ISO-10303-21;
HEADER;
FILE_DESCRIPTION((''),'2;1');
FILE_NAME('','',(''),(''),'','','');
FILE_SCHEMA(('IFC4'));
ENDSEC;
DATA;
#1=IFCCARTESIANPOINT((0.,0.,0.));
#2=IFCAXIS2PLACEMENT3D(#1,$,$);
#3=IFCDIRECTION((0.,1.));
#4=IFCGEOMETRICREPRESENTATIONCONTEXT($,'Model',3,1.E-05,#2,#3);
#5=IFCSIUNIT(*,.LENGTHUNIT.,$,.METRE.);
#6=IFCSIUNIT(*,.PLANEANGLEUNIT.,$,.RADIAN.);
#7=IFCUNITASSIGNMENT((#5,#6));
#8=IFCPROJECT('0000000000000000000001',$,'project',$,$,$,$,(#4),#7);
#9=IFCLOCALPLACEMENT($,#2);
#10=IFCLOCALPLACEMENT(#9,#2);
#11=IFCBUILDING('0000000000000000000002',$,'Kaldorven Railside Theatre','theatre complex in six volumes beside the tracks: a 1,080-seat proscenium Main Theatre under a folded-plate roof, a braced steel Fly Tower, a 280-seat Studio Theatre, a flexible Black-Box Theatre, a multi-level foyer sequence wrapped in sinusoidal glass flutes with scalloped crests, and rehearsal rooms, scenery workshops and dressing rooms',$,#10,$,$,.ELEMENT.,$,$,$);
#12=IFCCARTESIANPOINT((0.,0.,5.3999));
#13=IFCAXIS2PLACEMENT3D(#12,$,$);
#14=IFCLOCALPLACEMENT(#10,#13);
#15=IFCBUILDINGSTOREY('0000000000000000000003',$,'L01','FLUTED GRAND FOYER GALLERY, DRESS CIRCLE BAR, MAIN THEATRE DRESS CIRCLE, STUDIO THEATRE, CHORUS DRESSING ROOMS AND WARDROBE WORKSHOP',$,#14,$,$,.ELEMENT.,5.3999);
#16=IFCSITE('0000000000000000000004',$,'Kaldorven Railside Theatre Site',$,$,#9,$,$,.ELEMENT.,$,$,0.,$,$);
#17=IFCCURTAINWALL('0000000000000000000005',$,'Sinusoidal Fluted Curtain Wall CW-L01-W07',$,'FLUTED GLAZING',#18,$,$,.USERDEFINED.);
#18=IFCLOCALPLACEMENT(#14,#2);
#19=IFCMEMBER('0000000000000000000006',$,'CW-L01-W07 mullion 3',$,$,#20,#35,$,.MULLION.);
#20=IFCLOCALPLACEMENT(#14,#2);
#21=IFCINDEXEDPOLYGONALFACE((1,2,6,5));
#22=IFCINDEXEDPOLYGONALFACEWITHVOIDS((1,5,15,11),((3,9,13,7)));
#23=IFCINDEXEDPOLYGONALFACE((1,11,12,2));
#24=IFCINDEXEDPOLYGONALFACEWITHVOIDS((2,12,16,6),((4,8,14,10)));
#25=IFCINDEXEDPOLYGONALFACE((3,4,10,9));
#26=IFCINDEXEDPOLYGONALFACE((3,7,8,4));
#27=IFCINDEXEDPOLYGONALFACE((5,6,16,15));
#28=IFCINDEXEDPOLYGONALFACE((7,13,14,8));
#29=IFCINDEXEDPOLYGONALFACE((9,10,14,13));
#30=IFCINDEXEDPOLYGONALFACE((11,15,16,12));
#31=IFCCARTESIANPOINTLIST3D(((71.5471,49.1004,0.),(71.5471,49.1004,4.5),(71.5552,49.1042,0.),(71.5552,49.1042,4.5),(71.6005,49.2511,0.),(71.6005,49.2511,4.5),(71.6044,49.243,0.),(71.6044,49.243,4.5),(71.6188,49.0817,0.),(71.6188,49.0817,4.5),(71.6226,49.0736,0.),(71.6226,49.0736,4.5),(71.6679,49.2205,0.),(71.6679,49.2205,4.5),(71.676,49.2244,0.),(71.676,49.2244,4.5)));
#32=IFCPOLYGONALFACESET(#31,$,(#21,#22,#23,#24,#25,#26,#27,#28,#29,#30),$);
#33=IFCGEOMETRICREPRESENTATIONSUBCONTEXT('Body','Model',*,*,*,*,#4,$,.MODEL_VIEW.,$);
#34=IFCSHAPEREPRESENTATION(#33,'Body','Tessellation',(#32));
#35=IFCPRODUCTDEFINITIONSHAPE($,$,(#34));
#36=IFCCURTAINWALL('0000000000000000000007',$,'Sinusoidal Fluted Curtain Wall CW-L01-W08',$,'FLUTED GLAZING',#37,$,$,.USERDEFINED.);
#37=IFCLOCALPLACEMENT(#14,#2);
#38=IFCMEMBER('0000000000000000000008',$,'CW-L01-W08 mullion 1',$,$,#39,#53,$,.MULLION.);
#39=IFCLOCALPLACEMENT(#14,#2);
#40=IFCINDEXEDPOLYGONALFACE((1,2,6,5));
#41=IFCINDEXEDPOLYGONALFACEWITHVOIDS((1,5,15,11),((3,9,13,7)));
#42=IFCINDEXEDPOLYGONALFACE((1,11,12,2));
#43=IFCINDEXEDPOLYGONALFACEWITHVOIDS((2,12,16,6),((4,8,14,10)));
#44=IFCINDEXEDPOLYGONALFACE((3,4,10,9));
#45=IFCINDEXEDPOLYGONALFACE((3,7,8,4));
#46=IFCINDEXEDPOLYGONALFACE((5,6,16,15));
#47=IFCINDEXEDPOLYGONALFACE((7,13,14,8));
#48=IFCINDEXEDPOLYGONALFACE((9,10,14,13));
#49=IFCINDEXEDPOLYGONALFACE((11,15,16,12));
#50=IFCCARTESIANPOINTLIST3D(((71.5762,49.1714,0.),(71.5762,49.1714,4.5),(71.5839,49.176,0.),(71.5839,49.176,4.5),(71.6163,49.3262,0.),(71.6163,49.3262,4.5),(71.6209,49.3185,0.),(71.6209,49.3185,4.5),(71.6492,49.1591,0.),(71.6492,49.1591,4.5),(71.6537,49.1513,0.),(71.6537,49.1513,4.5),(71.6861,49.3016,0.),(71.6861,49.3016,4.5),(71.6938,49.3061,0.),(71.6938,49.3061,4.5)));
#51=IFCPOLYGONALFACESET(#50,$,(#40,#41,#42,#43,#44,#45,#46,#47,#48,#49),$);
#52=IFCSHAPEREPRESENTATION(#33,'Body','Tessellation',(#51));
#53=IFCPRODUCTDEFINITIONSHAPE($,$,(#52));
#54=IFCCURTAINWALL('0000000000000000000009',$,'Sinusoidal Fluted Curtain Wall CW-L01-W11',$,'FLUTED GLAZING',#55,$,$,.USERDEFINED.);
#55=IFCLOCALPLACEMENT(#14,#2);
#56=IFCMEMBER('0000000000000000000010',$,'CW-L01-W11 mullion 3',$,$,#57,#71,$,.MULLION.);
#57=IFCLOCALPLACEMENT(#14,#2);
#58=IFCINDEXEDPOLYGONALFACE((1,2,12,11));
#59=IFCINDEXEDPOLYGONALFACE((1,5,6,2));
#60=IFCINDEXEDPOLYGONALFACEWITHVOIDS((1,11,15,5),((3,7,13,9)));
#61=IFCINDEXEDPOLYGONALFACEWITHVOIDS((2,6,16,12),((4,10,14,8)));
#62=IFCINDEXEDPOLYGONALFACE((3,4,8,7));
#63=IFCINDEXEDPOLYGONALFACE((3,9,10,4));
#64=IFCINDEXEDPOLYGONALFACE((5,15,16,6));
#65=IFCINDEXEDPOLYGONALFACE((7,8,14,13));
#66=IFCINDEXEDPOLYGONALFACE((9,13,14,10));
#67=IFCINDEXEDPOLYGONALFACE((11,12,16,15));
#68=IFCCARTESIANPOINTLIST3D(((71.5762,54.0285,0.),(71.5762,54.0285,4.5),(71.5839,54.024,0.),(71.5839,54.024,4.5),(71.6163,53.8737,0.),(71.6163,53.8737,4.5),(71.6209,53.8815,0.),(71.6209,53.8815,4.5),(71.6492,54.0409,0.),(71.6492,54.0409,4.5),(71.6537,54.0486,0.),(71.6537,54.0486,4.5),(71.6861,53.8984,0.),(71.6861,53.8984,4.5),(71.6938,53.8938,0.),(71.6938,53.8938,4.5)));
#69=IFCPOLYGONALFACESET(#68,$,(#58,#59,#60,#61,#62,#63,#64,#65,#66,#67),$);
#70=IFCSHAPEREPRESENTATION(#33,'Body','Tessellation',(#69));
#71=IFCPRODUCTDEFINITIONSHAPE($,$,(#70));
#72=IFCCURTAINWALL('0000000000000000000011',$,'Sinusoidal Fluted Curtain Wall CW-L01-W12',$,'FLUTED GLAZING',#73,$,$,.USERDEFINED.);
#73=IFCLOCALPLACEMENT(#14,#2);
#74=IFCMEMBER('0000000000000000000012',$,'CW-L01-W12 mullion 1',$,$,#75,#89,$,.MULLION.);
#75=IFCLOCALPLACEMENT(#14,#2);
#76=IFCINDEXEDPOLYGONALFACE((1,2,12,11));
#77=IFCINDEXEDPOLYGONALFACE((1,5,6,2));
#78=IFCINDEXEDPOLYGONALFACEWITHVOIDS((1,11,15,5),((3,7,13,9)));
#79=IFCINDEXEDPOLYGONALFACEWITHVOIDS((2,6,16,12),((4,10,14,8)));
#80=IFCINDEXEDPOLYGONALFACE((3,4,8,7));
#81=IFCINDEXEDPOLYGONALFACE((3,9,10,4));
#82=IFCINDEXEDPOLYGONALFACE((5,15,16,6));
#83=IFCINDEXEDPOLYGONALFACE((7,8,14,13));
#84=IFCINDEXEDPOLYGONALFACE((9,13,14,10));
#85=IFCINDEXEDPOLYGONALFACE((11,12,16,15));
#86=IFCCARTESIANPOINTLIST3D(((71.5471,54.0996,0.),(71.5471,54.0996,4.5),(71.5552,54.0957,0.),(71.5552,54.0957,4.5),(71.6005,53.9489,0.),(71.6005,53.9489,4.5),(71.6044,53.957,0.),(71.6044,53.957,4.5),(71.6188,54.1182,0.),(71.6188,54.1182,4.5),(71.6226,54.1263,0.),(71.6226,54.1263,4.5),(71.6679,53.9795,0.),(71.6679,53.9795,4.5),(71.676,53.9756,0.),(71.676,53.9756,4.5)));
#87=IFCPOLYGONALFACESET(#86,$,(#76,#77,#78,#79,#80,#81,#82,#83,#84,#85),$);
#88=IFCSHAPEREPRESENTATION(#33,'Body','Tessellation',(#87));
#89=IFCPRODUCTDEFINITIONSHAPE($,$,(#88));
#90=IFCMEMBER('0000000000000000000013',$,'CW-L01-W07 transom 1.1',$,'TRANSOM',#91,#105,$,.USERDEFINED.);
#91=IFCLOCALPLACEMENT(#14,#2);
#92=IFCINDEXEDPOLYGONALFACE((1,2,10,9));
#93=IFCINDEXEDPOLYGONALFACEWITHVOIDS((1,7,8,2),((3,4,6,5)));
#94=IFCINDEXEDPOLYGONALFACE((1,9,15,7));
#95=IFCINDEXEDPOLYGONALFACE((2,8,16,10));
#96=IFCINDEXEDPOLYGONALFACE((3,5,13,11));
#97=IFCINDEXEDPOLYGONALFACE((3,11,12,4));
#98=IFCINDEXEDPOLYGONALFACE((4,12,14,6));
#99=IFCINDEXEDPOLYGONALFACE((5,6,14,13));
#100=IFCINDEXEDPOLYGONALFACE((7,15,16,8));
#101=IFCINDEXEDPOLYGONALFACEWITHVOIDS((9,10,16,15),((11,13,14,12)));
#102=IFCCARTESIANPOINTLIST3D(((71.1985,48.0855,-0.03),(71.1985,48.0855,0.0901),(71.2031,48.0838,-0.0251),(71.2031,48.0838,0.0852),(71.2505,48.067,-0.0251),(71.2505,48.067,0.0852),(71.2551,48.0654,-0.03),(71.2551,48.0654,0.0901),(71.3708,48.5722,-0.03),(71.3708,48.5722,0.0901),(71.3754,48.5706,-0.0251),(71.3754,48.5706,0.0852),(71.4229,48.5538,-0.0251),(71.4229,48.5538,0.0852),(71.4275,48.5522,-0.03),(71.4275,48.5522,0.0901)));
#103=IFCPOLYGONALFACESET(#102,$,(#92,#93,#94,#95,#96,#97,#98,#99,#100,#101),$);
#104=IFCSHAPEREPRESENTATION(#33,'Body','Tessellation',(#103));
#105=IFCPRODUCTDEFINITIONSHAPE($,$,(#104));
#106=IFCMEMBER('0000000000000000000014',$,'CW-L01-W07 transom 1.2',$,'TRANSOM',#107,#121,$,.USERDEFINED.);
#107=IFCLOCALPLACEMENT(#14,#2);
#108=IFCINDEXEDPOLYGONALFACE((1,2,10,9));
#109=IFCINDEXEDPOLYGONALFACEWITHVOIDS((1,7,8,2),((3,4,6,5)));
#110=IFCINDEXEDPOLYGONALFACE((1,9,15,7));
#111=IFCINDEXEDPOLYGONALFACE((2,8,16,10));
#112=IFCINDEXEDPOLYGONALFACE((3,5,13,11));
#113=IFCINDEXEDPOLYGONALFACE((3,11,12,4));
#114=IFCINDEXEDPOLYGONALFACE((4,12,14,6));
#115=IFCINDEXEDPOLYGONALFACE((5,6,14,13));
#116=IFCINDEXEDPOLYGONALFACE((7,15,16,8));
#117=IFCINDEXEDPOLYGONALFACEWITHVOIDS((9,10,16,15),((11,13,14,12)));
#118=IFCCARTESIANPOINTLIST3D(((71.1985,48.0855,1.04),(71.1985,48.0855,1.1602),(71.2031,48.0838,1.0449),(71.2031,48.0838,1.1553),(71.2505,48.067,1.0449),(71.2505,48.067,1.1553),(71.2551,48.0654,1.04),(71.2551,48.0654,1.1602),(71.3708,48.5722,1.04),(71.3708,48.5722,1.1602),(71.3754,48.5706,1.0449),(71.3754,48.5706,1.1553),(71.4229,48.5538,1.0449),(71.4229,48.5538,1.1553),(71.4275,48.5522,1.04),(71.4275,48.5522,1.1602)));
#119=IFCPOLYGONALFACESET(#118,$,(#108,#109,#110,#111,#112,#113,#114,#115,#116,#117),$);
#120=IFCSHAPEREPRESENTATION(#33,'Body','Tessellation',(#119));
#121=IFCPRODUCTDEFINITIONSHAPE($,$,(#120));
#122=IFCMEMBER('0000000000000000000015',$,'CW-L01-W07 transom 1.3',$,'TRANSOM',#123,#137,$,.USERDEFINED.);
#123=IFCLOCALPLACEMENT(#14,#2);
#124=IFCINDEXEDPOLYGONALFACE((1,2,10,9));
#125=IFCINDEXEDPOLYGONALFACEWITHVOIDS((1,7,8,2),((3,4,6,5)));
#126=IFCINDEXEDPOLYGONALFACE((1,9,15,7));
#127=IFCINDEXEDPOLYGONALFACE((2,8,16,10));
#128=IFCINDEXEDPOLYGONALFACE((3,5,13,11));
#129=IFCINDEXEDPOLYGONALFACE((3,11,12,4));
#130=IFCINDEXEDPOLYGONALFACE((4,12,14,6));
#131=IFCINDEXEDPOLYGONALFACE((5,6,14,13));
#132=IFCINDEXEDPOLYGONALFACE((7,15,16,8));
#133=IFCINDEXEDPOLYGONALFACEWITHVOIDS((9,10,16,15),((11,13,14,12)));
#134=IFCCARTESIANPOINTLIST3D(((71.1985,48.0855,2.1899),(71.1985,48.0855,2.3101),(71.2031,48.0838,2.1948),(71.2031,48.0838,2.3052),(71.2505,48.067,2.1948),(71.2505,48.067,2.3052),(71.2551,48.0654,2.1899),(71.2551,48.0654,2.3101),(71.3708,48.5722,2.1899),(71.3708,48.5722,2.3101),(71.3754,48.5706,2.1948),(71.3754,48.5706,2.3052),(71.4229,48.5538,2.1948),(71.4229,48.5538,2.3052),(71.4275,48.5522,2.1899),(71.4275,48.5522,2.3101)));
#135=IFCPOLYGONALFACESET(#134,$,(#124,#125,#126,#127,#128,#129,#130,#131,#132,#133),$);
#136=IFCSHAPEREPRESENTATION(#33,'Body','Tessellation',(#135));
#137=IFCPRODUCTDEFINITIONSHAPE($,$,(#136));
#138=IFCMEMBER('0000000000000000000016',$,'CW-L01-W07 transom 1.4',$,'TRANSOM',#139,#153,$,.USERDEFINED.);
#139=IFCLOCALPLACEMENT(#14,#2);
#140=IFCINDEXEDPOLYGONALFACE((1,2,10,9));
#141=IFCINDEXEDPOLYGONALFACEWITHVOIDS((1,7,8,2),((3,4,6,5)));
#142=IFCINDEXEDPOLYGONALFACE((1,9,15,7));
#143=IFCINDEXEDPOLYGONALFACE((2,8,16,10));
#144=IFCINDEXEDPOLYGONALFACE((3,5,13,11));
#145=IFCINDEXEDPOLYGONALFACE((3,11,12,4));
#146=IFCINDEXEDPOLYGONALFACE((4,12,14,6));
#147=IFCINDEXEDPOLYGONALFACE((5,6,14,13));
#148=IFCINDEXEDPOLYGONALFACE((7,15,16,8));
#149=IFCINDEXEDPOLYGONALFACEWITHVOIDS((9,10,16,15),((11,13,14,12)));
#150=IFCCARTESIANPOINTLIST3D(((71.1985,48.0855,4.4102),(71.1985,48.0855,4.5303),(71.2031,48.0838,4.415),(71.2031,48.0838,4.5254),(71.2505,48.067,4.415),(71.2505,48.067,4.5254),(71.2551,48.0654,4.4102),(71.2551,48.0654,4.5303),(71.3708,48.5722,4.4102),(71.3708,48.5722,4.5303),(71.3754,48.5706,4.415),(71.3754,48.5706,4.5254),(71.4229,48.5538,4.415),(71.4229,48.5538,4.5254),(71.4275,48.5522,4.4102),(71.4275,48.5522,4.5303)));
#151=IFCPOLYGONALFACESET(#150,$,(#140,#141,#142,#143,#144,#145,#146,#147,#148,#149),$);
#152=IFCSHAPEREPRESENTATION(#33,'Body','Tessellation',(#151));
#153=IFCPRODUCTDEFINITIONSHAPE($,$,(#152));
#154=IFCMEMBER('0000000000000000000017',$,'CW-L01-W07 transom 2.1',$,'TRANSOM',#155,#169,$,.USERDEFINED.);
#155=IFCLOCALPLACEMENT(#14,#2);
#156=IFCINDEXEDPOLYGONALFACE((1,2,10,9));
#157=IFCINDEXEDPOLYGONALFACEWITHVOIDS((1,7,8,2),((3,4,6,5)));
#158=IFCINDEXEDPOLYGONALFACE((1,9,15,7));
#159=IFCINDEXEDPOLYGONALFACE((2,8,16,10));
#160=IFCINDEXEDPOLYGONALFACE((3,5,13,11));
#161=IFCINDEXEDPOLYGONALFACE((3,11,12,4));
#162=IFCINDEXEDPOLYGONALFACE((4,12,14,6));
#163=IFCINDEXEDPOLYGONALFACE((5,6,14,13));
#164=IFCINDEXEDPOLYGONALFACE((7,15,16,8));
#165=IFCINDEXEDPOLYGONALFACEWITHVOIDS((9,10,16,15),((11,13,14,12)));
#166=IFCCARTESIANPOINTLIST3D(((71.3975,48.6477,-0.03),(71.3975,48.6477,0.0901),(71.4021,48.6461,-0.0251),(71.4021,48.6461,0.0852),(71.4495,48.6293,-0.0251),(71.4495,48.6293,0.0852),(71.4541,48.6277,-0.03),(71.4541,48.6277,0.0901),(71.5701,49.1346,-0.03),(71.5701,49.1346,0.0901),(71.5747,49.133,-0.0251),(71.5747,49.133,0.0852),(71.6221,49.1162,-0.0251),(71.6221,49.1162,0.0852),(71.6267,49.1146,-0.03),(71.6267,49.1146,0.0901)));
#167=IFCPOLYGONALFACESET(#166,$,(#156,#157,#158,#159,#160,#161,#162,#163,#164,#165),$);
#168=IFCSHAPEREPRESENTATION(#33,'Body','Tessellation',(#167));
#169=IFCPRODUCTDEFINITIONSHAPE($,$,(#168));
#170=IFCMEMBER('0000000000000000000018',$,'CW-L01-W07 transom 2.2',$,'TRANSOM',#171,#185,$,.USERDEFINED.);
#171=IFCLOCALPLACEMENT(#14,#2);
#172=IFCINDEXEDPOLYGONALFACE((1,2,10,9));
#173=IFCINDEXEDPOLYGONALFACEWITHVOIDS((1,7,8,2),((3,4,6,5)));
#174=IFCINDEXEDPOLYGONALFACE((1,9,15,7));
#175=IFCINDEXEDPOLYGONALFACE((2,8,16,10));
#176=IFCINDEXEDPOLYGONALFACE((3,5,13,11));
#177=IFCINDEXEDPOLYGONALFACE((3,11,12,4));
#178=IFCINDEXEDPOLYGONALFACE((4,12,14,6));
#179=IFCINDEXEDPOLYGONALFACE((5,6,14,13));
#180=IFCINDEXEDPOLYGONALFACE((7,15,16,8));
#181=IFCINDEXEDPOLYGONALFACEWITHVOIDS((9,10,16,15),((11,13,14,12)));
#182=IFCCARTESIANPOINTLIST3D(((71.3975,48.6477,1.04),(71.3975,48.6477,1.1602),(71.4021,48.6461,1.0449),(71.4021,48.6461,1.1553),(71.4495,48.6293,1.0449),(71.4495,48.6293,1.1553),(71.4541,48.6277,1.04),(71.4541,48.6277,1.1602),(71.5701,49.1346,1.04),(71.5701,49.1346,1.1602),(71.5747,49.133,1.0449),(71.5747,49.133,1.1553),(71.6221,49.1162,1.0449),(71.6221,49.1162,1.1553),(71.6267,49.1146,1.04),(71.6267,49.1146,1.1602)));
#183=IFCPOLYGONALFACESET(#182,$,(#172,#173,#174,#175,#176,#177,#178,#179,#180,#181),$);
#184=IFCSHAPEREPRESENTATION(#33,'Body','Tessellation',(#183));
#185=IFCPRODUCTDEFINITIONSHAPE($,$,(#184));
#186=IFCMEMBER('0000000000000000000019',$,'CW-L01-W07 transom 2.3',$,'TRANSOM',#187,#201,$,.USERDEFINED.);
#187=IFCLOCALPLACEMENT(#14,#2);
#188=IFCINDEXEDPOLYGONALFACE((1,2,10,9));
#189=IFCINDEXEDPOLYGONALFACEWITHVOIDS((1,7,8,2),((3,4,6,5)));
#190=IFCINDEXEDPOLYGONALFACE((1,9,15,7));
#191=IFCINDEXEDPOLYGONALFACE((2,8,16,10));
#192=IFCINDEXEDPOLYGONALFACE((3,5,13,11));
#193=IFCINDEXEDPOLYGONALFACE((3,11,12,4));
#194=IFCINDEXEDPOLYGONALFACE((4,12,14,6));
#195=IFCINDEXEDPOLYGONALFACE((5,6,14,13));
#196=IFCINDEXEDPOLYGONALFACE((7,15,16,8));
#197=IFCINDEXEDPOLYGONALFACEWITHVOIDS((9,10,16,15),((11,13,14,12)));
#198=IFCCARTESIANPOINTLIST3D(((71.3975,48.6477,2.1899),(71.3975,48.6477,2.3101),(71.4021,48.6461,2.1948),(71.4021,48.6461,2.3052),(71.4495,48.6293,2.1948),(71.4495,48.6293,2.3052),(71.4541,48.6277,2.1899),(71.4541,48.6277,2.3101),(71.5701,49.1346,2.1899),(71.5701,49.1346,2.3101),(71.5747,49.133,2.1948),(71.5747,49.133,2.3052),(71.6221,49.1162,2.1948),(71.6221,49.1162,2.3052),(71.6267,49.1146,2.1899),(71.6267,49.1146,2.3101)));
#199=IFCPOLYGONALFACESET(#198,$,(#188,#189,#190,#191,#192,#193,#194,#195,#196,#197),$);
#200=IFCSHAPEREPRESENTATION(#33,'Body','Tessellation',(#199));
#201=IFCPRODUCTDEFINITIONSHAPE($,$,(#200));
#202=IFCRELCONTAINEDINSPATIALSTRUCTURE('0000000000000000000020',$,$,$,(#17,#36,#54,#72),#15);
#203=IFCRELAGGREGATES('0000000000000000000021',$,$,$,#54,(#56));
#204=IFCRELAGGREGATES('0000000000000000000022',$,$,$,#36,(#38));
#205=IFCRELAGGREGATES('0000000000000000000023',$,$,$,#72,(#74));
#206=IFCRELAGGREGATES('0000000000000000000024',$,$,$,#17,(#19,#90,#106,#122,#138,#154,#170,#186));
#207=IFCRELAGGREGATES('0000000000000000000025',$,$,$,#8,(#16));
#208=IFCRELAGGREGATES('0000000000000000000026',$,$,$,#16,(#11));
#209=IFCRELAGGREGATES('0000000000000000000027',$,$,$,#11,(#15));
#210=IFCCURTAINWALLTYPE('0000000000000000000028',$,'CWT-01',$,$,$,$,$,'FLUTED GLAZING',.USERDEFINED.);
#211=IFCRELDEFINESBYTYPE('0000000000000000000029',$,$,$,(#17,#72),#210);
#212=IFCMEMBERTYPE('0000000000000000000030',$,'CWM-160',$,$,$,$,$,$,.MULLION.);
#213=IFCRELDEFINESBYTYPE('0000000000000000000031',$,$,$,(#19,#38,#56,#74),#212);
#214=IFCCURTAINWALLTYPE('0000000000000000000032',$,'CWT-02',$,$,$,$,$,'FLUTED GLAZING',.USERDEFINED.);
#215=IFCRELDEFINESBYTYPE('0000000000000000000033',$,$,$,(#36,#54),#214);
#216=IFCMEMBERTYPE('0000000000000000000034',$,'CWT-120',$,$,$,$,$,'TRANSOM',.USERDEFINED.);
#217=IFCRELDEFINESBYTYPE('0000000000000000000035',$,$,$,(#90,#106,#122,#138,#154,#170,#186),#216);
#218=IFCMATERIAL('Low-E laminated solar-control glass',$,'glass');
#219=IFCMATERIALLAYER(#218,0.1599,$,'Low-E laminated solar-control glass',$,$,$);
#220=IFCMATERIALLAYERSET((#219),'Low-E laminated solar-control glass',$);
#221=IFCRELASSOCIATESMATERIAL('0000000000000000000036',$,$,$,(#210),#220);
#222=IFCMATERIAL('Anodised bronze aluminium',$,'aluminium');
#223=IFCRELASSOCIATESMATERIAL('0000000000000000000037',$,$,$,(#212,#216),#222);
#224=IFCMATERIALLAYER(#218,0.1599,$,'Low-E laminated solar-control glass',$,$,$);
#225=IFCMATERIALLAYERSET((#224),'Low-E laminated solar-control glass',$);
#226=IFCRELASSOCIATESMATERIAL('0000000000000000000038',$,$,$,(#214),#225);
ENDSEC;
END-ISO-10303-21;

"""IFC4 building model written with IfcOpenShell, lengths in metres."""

from ifc_helpers import new_model, si_unit, direction, frame, origin, origin_2d, place, context, subcontext, project, spatial, hollow_rectangle, extrude, material, layer, layer_set, material_profile, profile_set, type_object, element, aggregate, save


model = new_model("IFC4")

# Units and contexts
model_context = context("Model", 3, precision=1e-05, world=origin(), true_north=direction((0.0, 1.0)))
body_context = subcontext(model_context, "Body", "Model", "MODEL_VIEW")
ifc_project = project(units=[si_unit("LENGTHUNIT", "METRE"), si_unit("PLANEANGLEUNIT", "RADIAN")], contexts=[model_context])

# Site, building, storey
site_placement = place(None, origin())
site = spatial("IfcSite", under=ifc_project, at=site_placement, Name="Kaldorven Railside Theatre Site", CompositionType="ELEMENT", RefElevation=0.0)
building_placement = place(site_placement, origin())
building = spatial("IfcBuilding", under=site, at=building_placement, Name="Kaldorven Railside Theatre", Description="theatre complex in six volumes beside the tracks: a 1,080-seat proscenium Main Theatre under a folded-plate roof, a braced steel Fly Tower, a 280-seat Studio Theatre, a flexible Black-Box Theatre, a multi-level foyer sequence wrapped in sinusoidal glass flutes with scalloped crests, and rehearsal rooms, scenery workshops and dressing rooms", CompositionType="ELEMENT")
storey_placement = place(building_placement, frame((0.0, 0.0, 5.3999)))
storey = spatial("IfcBuildingStorey", under=building, at=storey_placement, Name="L01", Description="FLUTED GRAND FOYER GALLERY, DRESS CIRCLE BAR, MAIN THEATRE DRESS CIRCLE, STUDIO THEATRE, CHORUS DRESSING ROOMS AND WARDROBE WORKSHOP", CompositionType="ELEMENT", Elevation=5.3999)

# Curtain wall, member
ifc_material_1 = material(Name="Low-E laminated solar-control glass", Category="glass")
ifc_layer_1 = layer(ifc_material_1, 0.1599, Name="Low-E laminated solar-control glass")
ifc_layer_set_1 = layer_set([ifc_layer_1], Name="Low-E laminated solar-control glass")
curtain_wall_type_1 = type_object("IfcCurtainWallType", Name="CWT-01", ElementType="FLUTED GLAZING", PredefinedType="USERDEFINED", material=ifc_layer_set_1)
curtain_wall_1_placement = place(storey_placement, origin())
curtain_wall_1 = element("IfcCurtainWall", 1, at=curtain_wall_1_placement, inside=storey, type_object=curtain_wall_type_1, Name="Sinusoidal Fluted Curtain Wall CW-L01-W07", ObjectType="FLUTED GLAZING", PredefinedType="USERDEFINED")
ifc_material_2 = material(Name="Anodised bronze aluminium", Category="aluminium")
ifc_material_profile_1 = material_profile(ifc_material_2, hollow_rectangle(XDim=0.0801, YDim=0.1599, WallThickness=0.0063, at=origin_2d()), Name="RHS 160x80x6.3")
ifc_profile_set_1 = profile_set([ifc_material_profile_1], Name="Anodised bronze aluminium")
member_type_1 = type_object("IfcMemberType", Name="CWM-160", PredefinedType="MULLION", material=ifc_profile_set_1)
member_1_placement = place(storey_placement, frame((71.6116, 49.1624, 0.0), z_axis=(0.0, 0.0, 1.0), x_axis=(-0.942627, 0.333847, 0.0)))
member_1 = element("IfcMember", 2, at=member_1_placement, type_object=member_type_1, Name="CW-L01-W07 mullion 3", PredefinedType="MULLION", context=body_context, shape_type="SweptSolid", body=[
    extrude(hollow_rectangle(XDim=0.0801, YDim=0.1599, WallThickness=0.0063, at=origin_2d()), origin(), (0.0, 0.0, 1.0), 4.5),
])

# Curtain walls, members
ifc_layer_2 = layer(ifc_material_1, 0.1599, Name="Low-E laminated solar-control glass")
ifc_layer_set_2 = layer_set([ifc_layer_2], Name="Low-E laminated solar-control glass")
curtain_wall_type_2 = type_object("IfcCurtainWallType", Name="CWT-02", ElementType="FLUTED GLAZING", PredefinedType="USERDEFINED", material=ifc_layer_set_2)
curtain_wall_2_placement = place(storey_placement, origin())
curtain_wall_2 = element("IfcCurtainWall", 3, at=curtain_wall_2_placement, inside=storey, type_object=curtain_wall_type_2, Name="Sinusoidal Fluted Curtain Wall CW-L01-W08", ObjectType="FLUTED GLAZING", PredefinedType="USERDEFINED")
member_2_placement = place(storey_placement, frame((71.635, 49.2388, 0.0), z_axis=(0.0, 0.0, 1.0), x_axis=(-0.967999, 0.250954, 0.0)))
member_2 = element("IfcMember", 4, at=member_2_placement, type_object=member_type_1, Name="CW-L01-W08 mullion 1", PredefinedType="MULLION", context=body_context, shape_type="SweptSolid", body=[
    extrude(hollow_rectangle(XDim=0.0801, YDim=0.1599, WallThickness=0.0063, at=origin_2d()), origin(), (0.0, 0.0, 1.0), 4.5),
])
curtain_wall_3_placement = place(storey_placement, origin())
curtain_wall_3 = element("IfcCurtainWall", 5, at=curtain_wall_3_placement, inside=storey, type_object=curtain_wall_type_2, Name="Sinusoidal Fluted Curtain Wall CW-L01-W11", ObjectType="FLUTED GLAZING", PredefinedType="USERDEFINED")
member_3_placement = place(storey_placement, frame((71.635, 53.9612, 0.0), z_axis=(0.0, 0.0, 1.0), x_axis=(-0.967999, -0.250954, 0.0)))
member_3 = element("IfcMember", 6, at=member_3_placement, type_object=member_type_1, Name="CW-L01-W11 mullion 3", PredefinedType="MULLION", context=body_context, shape_type="SweptSolid", body=[
    extrude(hollow_rectangle(XDim=0.0801, YDim=0.1599, WallThickness=0.0063, at=origin_2d()), origin(), (0.0, 0.0, 1.0), 4.5),
])
aggregate(curtain_wall_3, [member_3])
curtain_wall_4_placement = place(storey_placement, origin())
curtain_wall_4 = element("IfcCurtainWall", 7, at=curtain_wall_4_placement, inside=storey, type_object=curtain_wall_type_1, Name="Sinusoidal Fluted Curtain Wall CW-L01-W12", ObjectType="FLUTED GLAZING", PredefinedType="USERDEFINED")
member_4_placement = place(storey_placement, frame((71.6116, 54.0376, 0.0), z_axis=(0.0, 0.0, 1.0), x_axis=(-0.942627, -0.333847, 0.0)))
member_4 = element("IfcMember", 8, at=member_4_placement, type_object=member_type_1, Name="CW-L01-W12 mullion 1", PredefinedType="MULLION", context=body_context, shape_type="SweptSolid", body=[
    extrude(hollow_rectangle(XDim=0.0801, YDim=0.1599, WallThickness=0.0063, at=origin_2d()), origin(), (0.0, 0.0, 1.0), 4.5),
])

# Members
ifc_material_profile_2 = material_profile(ifc_material_2, hollow_rectangle(XDim=0.0601, YDim=0.1201, WallThickness=0.0049, at=origin_2d()), Name="RHS 120x60x5")
ifc_profile_set_2 = profile_set([ifc_material_profile_2], Name="Anodised bronze aluminium")
member_type_2 = type_object("IfcMemberType", Name="CWT-120", ElementType="TRANSOM", PredefinedType="USERDEFINED", material=ifc_profile_set_2)
member_5_placement = place(storey_placement, frame((71.2268, 48.0754, 0.03), z_axis=(0.33376, 0.942658, 0.0), x_axis=(-0.942658, 0.33376, 0.0)))
member_5 = element("IfcMember", 9, at=member_5_placement, type_object=member_type_2, Name="CW-L01-W07 transom 1.1", ObjectType="TRANSOM", PredefinedType="USERDEFINED", context=body_context, shape_type="SweptSolid", body=[
    extrude(hollow_rectangle(XDim=0.0601, YDim=0.1201, WallThickness=0.0049, at=origin_2d()), origin(), (0.0, 0.0, 1.0), 0.5164),
])
member_6_placement = place(storey_placement, frame((71.2268, 48.0754, 1.1001), z_axis=(0.33376, 0.942658, 0.0), x_axis=(-0.942658, 0.33376, 0.0)))
member_6 = element("IfcMember", 10, at=member_6_placement, type_object=member_type_2, Name="CW-L01-W07 transom 1.2", ObjectType="TRANSOM", PredefinedType="USERDEFINED", context=body_context, shape_type="SweptSolid", body=[
    extrude(hollow_rectangle(XDim=0.0601, YDim=0.1201, WallThickness=0.0049, at=origin_2d()), origin(), (0.0, 0.0, 1.0), 0.5164),
])
member_7_placement = place(storey_placement, frame((71.2268, 48.0754, 2.25), z_axis=(0.33376, 0.942658, 0.0), x_axis=(-0.942658, 0.33376, 0.0)))
member_7 = element("IfcMember", 11, at=member_7_placement, type_object=member_type_2, Name="CW-L01-W07 transom 1.3", ObjectType="TRANSOM", PredefinedType="USERDEFINED", context=body_context, shape_type="SweptSolid", body=[
    extrude(hollow_rectangle(XDim=0.0601, YDim=0.1201, WallThickness=0.0049, at=origin_2d()), origin(), (0.0, 0.0, 1.0), 0.5164),
])
member_8_placement = place(storey_placement, frame((71.2268, 48.0754, 4.4702), z_axis=(0.33376, 0.942658, 0.0), x_axis=(-0.942658, 0.33376, 0.0)))
member_8 = element("IfcMember", 12, at=member_8_placement, type_object=member_type_2, Name="CW-L01-W07 transom 1.4", ObjectType="TRANSOM", PredefinedType="USERDEFINED", context=body_context, shape_type="SweptSolid", body=[
    extrude(hollow_rectangle(XDim=0.0601, YDim=0.1201, WallThickness=0.0049, at=origin_2d()), origin(), (0.0, 0.0, 1.0), 0.5164),
])
member_9_placement = place(storey_placement, frame((71.4258, 48.6377, 0.03), z_axis=(0.33418, 0.942509, 0.0), x_axis=(-0.942509, 0.33418, 0.0)))
member_9 = element("IfcMember", 13, at=member_9_placement, type_object=member_type_2, Name="CW-L01-W07 transom 2.1", ObjectType="TRANSOM", PredefinedType="USERDEFINED", context=body_context, shape_type="SweptSolid", body=[
    extrude(hollow_rectangle(XDim=0.0601, YDim=0.1201, WallThickness=0.0049, at=origin_2d()), origin(), (0.0, 0.0, 1.0), 0.5166),
])
member_10_placement = place(storey_placement, frame((71.4258, 48.6377, 1.1001), z_axis=(0.33418, 0.942509, 0.0), x_axis=(-0.942509, 0.33418, 0.0)))
member_10 = element("IfcMember", 14, at=member_10_placement, type_object=member_type_2, Name="CW-L01-W07 transom 2.2", ObjectType="TRANSOM", PredefinedType="USERDEFINED", context=body_context, shape_type="SweptSolid", body=[
    extrude(hollow_rectangle(XDim=0.0601, YDim=0.1201, WallThickness=0.0049, at=origin_2d()), origin(), (0.0, 0.0, 1.0), 0.5166),
])
member_11_placement = place(storey_placement, frame((71.4258, 48.6377, 2.25), z_axis=(0.33418, 0.942509, 0.0), x_axis=(-0.942509, 0.33418, 0.0)))
member_11 = element("IfcMember", 15, at=member_11_placement, type_object=member_type_2, Name="CW-L01-W07 transom 2.3", ObjectType="TRANSOM", PredefinedType="USERDEFINED", context=body_context, shape_type="SweptSolid", body=[
    extrude(hollow_rectangle(XDim=0.0601, YDim=0.1201, WallThickness=0.0049, at=origin_2d()), origin(), (0.0, 0.0, 1.0), 0.5166),
])
aggregate(curtain_wall_2, [member_2])
aggregate(curtain_wall_4, [member_4])

aggregate(curtain_wall_1, [member_1, member_5, member_6, member_7, member_8, member_9, member_10, member_11])

save(model, "model.ifc")
